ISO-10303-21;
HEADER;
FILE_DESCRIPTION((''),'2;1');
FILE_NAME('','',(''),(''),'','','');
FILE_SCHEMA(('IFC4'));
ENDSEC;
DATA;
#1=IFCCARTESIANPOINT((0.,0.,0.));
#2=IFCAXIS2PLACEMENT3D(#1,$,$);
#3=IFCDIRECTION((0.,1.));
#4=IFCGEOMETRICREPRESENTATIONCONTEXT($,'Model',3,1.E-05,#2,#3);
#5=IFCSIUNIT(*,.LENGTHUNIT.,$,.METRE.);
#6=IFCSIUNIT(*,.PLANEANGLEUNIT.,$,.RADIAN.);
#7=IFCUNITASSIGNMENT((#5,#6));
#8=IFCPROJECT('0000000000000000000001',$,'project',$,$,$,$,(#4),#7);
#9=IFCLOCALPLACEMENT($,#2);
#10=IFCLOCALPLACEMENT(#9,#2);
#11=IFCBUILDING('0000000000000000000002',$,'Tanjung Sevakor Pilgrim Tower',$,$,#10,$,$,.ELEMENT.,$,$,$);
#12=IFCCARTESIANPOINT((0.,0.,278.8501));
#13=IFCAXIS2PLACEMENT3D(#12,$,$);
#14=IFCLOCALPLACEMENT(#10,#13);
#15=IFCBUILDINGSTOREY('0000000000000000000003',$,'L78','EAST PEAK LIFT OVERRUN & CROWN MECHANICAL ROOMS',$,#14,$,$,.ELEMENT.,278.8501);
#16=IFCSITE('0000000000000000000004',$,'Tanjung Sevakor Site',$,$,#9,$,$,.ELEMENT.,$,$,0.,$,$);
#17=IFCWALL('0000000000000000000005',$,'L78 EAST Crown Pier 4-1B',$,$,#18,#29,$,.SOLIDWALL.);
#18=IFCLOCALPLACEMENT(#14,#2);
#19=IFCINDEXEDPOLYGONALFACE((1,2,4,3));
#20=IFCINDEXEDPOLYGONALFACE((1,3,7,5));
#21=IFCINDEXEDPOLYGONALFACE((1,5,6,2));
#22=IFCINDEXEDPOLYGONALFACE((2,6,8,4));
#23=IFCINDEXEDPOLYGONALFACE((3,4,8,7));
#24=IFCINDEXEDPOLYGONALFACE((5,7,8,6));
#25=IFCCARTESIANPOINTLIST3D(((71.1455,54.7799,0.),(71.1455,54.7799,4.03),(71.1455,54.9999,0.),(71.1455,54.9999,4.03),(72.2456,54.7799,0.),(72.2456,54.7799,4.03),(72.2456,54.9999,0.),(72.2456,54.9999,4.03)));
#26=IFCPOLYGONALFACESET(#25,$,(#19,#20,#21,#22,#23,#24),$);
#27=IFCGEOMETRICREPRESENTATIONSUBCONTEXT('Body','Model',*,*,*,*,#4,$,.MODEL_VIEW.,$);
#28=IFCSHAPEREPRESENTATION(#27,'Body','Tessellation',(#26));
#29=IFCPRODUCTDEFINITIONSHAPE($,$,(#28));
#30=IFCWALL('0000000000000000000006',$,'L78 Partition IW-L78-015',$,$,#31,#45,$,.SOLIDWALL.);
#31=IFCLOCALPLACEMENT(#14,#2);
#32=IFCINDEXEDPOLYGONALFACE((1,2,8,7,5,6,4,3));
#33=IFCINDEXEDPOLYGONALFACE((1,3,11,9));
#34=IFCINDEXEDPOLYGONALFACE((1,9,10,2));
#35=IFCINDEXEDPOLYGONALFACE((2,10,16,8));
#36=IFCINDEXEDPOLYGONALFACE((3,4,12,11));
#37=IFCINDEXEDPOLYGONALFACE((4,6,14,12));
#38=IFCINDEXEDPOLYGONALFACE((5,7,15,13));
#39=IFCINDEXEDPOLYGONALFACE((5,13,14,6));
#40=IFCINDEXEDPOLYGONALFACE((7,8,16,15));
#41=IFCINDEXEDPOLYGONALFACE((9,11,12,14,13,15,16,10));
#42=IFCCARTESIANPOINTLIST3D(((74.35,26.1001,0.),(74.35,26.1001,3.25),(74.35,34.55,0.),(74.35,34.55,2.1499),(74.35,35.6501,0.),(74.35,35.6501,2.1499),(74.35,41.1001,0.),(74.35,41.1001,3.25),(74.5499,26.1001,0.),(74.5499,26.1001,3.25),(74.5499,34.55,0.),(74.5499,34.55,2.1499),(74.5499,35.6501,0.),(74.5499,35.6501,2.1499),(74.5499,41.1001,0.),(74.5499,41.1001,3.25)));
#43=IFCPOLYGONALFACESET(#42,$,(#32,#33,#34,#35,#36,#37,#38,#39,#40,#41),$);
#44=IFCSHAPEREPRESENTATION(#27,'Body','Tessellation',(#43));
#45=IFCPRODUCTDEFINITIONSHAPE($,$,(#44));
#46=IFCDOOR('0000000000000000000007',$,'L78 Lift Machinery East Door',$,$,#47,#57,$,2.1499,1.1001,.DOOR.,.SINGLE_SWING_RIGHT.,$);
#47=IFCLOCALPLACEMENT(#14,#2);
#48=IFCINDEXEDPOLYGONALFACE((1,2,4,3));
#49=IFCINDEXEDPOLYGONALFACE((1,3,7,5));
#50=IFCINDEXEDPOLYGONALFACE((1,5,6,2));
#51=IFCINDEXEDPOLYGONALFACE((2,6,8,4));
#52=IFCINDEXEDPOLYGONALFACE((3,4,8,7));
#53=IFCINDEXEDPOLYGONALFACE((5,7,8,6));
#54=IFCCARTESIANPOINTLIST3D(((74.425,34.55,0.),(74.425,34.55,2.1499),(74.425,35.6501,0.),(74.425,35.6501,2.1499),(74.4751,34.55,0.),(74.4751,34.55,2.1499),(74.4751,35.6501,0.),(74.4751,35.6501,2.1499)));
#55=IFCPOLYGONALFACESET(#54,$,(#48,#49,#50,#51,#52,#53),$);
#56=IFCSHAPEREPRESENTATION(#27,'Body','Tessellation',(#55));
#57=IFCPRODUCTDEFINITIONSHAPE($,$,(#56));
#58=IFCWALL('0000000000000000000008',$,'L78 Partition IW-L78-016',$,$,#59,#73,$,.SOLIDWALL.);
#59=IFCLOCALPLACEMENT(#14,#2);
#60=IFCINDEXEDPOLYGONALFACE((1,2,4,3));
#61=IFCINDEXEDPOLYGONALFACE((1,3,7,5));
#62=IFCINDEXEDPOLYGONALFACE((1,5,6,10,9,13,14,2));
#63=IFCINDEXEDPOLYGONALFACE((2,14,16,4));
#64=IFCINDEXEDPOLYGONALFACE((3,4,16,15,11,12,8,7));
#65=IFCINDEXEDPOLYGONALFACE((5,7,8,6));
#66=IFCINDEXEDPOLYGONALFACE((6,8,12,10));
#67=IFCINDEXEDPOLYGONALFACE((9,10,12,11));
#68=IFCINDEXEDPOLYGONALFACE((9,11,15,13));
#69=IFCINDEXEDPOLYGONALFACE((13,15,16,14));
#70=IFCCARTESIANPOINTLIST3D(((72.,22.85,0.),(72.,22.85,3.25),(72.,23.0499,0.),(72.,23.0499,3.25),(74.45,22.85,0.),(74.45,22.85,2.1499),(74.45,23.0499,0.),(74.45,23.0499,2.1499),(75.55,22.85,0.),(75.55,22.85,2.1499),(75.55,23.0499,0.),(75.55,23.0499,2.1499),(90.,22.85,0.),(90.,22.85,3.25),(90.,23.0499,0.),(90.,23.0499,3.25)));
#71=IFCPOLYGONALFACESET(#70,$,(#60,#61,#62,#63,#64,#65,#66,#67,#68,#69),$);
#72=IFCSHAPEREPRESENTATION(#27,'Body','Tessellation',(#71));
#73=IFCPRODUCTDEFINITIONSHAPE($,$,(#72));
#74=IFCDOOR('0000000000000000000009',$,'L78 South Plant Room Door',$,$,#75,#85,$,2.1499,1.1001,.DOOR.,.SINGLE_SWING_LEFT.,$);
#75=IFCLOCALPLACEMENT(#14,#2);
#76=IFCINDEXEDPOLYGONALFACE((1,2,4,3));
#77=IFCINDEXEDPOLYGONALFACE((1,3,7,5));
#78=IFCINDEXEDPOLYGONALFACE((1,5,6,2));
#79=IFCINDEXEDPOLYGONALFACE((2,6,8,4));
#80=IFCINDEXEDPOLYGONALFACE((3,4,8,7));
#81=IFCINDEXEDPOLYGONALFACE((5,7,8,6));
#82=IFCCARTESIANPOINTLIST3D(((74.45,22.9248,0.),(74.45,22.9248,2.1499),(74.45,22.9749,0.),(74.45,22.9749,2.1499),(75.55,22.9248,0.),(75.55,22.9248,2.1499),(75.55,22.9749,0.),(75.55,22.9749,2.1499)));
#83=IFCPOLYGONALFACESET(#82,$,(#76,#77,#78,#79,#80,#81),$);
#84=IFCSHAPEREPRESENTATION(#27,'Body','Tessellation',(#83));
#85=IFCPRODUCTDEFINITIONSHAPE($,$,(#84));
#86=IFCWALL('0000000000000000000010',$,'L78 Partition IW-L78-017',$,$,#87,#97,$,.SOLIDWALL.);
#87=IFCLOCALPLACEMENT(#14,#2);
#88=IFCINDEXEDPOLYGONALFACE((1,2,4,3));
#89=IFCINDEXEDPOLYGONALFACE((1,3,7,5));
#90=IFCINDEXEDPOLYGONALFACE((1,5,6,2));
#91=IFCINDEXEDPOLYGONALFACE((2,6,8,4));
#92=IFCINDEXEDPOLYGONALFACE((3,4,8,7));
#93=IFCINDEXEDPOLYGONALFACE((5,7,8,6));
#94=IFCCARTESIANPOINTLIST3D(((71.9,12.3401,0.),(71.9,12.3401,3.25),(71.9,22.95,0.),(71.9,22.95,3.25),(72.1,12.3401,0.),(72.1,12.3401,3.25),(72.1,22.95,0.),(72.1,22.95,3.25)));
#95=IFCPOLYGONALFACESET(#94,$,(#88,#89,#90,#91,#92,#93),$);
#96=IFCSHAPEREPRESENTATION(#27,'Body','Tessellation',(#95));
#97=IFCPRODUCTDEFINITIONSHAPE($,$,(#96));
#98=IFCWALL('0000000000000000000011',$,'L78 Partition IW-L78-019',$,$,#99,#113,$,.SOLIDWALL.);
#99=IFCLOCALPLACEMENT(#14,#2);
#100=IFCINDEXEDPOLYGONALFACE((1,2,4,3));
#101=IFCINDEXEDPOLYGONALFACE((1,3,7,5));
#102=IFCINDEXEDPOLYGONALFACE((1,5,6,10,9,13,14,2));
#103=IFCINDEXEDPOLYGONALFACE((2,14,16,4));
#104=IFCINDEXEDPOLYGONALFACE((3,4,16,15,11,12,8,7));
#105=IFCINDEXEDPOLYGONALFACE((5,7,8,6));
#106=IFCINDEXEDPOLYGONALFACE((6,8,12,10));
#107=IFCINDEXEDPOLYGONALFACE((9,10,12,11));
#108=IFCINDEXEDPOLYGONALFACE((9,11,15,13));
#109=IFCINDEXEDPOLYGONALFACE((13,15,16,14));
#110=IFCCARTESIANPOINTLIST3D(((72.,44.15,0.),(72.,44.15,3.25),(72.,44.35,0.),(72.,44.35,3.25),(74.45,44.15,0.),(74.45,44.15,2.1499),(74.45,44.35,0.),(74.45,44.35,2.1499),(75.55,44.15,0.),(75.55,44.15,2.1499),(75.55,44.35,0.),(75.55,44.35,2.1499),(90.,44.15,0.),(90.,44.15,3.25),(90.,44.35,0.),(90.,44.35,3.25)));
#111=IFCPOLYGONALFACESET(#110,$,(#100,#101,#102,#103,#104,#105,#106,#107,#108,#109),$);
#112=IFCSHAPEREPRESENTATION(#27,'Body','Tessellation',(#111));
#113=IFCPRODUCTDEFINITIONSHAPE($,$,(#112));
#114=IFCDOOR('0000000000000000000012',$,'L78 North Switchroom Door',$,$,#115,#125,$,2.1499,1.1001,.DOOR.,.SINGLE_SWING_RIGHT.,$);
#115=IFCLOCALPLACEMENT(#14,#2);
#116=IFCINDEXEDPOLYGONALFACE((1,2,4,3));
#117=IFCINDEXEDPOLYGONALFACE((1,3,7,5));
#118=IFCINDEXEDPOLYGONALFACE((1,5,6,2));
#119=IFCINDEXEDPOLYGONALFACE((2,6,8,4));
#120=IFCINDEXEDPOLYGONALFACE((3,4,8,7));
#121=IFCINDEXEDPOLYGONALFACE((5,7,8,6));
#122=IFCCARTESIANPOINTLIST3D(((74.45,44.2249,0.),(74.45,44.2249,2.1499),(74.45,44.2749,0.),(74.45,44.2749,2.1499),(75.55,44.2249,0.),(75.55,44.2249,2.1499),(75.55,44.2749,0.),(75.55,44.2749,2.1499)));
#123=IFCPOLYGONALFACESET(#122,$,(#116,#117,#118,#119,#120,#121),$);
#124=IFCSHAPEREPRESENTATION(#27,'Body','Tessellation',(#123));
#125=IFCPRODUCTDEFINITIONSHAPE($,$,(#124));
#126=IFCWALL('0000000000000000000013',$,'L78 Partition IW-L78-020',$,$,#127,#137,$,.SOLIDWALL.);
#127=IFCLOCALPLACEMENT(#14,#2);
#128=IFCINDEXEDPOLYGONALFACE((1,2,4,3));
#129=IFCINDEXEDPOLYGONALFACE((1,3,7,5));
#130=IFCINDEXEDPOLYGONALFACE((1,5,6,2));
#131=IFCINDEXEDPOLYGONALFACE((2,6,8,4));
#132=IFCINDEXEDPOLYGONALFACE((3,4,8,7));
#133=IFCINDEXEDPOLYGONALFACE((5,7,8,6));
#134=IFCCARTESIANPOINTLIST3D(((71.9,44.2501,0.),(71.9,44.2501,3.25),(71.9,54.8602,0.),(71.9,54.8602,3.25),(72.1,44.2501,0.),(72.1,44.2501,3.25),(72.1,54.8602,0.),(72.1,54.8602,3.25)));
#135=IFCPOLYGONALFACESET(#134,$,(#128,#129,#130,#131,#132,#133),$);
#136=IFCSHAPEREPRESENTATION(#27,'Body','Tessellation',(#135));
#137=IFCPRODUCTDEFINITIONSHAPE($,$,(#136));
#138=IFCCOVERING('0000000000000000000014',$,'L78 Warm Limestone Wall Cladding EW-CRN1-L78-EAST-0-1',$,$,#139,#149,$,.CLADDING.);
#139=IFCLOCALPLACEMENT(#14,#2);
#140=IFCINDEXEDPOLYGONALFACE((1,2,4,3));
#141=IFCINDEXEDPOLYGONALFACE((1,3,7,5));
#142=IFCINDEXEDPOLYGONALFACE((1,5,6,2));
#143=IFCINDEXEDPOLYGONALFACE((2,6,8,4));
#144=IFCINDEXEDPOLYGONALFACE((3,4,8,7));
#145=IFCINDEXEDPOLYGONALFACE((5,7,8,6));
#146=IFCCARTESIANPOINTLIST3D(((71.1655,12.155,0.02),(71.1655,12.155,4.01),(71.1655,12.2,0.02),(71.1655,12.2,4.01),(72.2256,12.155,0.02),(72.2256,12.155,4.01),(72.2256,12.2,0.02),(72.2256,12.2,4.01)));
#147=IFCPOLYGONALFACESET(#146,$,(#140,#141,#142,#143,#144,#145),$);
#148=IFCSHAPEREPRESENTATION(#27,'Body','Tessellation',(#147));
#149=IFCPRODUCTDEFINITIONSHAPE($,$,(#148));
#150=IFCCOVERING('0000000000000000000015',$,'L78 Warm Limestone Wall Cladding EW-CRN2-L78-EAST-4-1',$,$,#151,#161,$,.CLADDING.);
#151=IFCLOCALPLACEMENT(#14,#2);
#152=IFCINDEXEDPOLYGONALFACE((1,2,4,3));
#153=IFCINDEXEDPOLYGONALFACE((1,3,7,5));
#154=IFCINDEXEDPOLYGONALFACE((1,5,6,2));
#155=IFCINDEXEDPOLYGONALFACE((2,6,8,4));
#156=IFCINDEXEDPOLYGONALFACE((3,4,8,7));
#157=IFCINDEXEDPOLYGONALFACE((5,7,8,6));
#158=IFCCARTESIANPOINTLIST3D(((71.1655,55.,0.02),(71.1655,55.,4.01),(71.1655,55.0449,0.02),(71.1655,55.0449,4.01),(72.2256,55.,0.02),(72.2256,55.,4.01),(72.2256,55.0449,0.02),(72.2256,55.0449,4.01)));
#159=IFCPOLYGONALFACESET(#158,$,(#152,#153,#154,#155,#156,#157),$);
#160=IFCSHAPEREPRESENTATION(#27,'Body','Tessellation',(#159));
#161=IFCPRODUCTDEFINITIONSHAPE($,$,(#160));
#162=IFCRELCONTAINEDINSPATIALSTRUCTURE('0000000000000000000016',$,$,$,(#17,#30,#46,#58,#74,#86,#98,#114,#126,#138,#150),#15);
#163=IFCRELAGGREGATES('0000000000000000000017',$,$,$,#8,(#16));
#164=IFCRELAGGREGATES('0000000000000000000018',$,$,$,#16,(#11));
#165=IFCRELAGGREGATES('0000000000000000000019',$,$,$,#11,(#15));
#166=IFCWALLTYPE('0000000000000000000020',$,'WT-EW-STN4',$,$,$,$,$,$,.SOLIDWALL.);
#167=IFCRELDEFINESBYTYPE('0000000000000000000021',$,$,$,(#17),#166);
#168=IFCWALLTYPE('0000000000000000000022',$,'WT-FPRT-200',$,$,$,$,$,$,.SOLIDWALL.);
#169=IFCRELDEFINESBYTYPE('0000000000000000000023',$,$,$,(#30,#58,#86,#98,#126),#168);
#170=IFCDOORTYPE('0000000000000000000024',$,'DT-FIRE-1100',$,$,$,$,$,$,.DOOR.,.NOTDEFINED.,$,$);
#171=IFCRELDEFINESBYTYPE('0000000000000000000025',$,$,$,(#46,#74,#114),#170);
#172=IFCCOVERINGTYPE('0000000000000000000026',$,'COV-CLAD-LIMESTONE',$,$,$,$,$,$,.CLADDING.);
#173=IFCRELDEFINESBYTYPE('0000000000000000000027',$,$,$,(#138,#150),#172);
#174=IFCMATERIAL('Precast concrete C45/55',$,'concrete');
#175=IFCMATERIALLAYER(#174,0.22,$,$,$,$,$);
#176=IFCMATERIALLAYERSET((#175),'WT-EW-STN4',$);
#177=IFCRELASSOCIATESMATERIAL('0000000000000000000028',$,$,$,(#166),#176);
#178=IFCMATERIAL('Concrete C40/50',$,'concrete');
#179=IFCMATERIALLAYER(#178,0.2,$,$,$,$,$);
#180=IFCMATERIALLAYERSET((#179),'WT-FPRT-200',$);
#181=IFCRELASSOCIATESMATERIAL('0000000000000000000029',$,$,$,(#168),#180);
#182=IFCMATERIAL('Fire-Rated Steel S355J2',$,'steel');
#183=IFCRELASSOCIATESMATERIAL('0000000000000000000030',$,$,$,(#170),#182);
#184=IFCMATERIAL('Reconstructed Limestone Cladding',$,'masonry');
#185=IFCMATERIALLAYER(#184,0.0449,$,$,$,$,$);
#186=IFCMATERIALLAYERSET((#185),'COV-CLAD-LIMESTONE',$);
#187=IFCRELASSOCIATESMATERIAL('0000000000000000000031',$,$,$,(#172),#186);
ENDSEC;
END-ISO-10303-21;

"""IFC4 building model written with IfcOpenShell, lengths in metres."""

from ifc_helpers import new_model, si_unit, direction, frame, frame_2d, origin, origin_2d, place, context, subcontext, project, spatial, rectangle, extrude, material, layer, layer_set, type_object, element, fill, save


model = new_model("IFC4")

# Units and contexts
model_context = context("Model", 3, precision=1e-05, world=origin(), true_north=direction((0.0, 1.0)))
body_context = subcontext(model_context, "Body", "Model", "MODEL_VIEW")
ifc_project = project(units=[si_unit("LENGTHUNIT", "METRE"), si_unit("PLANEANGLEUNIT", "RADIAN")], contexts=[model_context])

# Site, building, storey
site_placement = place(None, origin())
site = spatial("IfcSite", under=ifc_project, at=site_placement, Name="Tanjung Sevakor Site", CompositionType="ELEMENT", RefElevation=0.0)
building_placement = place(site_placement, origin())
building = spatial("IfcBuilding", under=site, at=building_placement, Name="Tanjung Sevakor Pilgrim Tower", CompositionType="ELEMENT")
storey_placement = place(building_placement, frame((0.0, 0.0, 278.8501)))
storey = spatial("IfcBuildingStorey", under=building, at=storey_placement, Name="L78", Description="EAST PEAK LIFT OVERRUN & CROWN MECHANICAL ROOMS", CompositionType="ELEMENT", Elevation=278.8501)

# Wall
ifc_material_1 = material(Name="Precast concrete C45/55", Category="concrete")
ifc_layer_1 = layer(ifc_material_1, 0.22)
ifc_layer_set_1 = layer_set([ifc_layer_1], Name="WT-EW-STN4")
wall_type_1 = type_object("IfcWallType", Name="WT-EW-STN4", PredefinedType="SOLIDWALL", material=ifc_layer_set_1)
wall_1_placement = place(storey_placement, frame((72.2456, 54.8899, 0.0), z_axis=(0.0, 0.0, 1.0), x_axis=(-1.0, 0.0, 0.0)))
element("IfcWall", 1, at=wall_1_placement, inside=storey, type_object=wall_type_1, Name="L78 EAST Crown Pier 4-1B", PredefinedType="SOLIDWALL", context=body_context, shape_type="SweptSolid", body=[
    extrude(rectangle(XDim=1.1001, YDim=0.22, at=frame_2d((0.55, 0.0))), origin(), (0.0, 0.0, 1.0), 4.03),
])

# Walls, openings, doors
ifc_material_2 = material(Name="Concrete C40/50", Category="concrete")
ifc_layer_2 = layer(ifc_material_2, 0.2)
ifc_layer_set_2 = layer_set([ifc_layer_2], Name="WT-FPRT-200")
wall_type_2 = type_object("IfcWallType", Name="WT-FPRT-200", PredefinedType="SOLIDWALL", material=ifc_layer_set_2)
wall_2_placement = place(storey_placement, frame((74.45, 26.1001, 0.0), z_axis=(0.0, 0.0, 1.0), x_axis=(0.0, 1.0, 0.0)))
wall_2 = element("IfcWall", 2, at=wall_2_placement, inside=storey, type_object=wall_type_2, Name="L78 Partition IW-L78-015", PredefinedType="SOLIDWALL", context=body_context, shape_type="SweptSolid", body=[
    extrude(rectangle(XDim=15.0, YDim=0.2, at=frame_2d((7.5, 0.0))), origin(), (0.0, 0.0, 1.0), 3.25),
])
opening_1_placement = place(wall_2_placement, frame((8.45, 0.0, 0.0)))
opening_1 = element("IfcOpeningElement", 3, at=opening_1_placement, cuts=wall_2, PredefinedType="OPENING", context=body_context, shape_type="SweptSolid", body=[
    extrude(rectangle(XDim=1.1001, YDim=2.1499, at=frame_2d((0.55, 1.075))), frame((0.0, 0.1099, 0.0), z_axis=(0.0, -1.0, 0.0), x_axis=(1.0, 0.0, 0.0)), (0.0, 0.0, 1.0), 0.22),
])
ifc_material_3 = material(Name="Fire-Rated Steel S355J2", Category="steel")
door_type = type_object("IfcDoorType", Name="DT-FIRE-1100", OperationType="NOTDEFINED", PredefinedType="DOOR", material=ifc_material_3)
door_1_placement = place(opening_1_placement, origin())
door_1 = element("IfcDoor", 4, at=door_1_placement, inside=storey, type_object=door_type, Name="L78 Lift Machinery East Door", OperationType="SINGLE_SWING_RIGHT", OverallHeight=2.1499, OverallWidth=1.1001, PredefinedType="DOOR", context=body_context, shape_type="SweptSolid", body=[
    extrude(rectangle(XDim=1.1001, YDim=2.1499, at=frame_2d((0.55, 1.075))), frame((0.0, 0.0249, 0.0), z_axis=(0.0, -1.0, 0.0), x_axis=(1.0, 0.0, 0.0)), (0.0, 0.0, 1.0), 0.05),
])
fill(opening_1, door_1)
wall_3_placement = place(storey_placement, frame((72.0, 22.95, 0.0), z_axis=(0.0, 0.0, 1.0), x_axis=(1.0, 0.0, 0.0)))
wall_3 = element("IfcWall", 5, at=wall_3_placement, inside=storey, type_object=wall_type_2, Name="L78 Partition IW-L78-016", PredefinedType="SOLIDWALL", context=body_context, shape_type="SweptSolid", body=[
    extrude(rectangle(XDim=18.0, YDim=0.2, at=frame_2d((9.0, 0.0))), origin(), (0.0, 0.0, 1.0), 3.25),
])
opening_2_placement = place(wall_3_placement, frame((2.45, 0.0, 0.0)))
opening_2 = element("IfcOpeningElement", 6, at=opening_2_placement, cuts=wall_3, PredefinedType="OPENING", context=body_context, shape_type="SweptSolid", body=[
    extrude(rectangle(XDim=1.1001, YDim=2.1499, at=frame_2d((0.55, 1.075))), frame((0.0, 0.1099, 0.0), z_axis=(0.0, -1.0, 0.0), x_axis=(1.0, 0.0, 0.0)), (0.0, 0.0, 1.0), 0.22),
])
door_2_placement = place(opening_2_placement, origin())
door_2 = element("IfcDoor", 7, at=door_2_placement, inside=storey, type_object=door_type, Name="L78 South Plant Room Door", OperationType="SINGLE_SWING_LEFT", OverallHeight=2.1499, OverallWidth=1.1001, PredefinedType="DOOR", context=body_context, shape_type="SweptSolid", body=[
    extrude(rectangle(XDim=1.1001, YDim=2.1499, at=frame_2d((0.55, 1.075))), frame((0.0, 0.0249, 0.0), z_axis=(0.0, -1.0, 0.0), x_axis=(1.0, 0.0, 0.0)), (0.0, 0.0, 1.0), 0.05),
])
fill(opening_2, door_2)

# Wall
wall_4_placement = place(storey_placement, frame((72.0, 12.3401, 0.0), z_axis=(0.0, 0.0, 1.0), x_axis=(0.0, 1.0, 0.0)))
element("IfcWall", 8, at=wall_4_placement, inside=storey, type_object=wall_type_2, Name="L78 Partition IW-L78-017", PredefinedType="SOLIDWALL", context=body_context, shape_type="SweptSolid", body=[
    extrude(rectangle(XDim=10.6099, YDim=0.2, at=frame_2d((5.3049, 0.0))), origin(), (0.0, 0.0, 1.0), 3.25),
])

# Wall, opening, door
wall_5_placement = place(storey_placement, frame((72.0, 44.25, 0.0), z_axis=(0.0, 0.0, 1.0), x_axis=(1.0, 0.0, 0.0)))
wall_5 = element("IfcWall", 9, at=wall_5_placement, inside=storey, type_object=wall_type_2, Name="L78 Partition IW-L78-019", PredefinedType="SOLIDWALL", context=body_context, shape_type="SweptSolid", body=[
    extrude(rectangle(XDim=18.0, YDim=0.2, at=frame_2d((9.0, 0.0))), origin(), (0.0, 0.0, 1.0), 3.25),
])
opening_3_placement = place(wall_5_placement, frame((2.45, 0.0, 0.0)))
opening_3 = element("IfcOpeningElement", 10, at=opening_3_placement, cuts=wall_5, PredefinedType="OPENING", context=body_context, shape_type="SweptSolid", body=[
    extrude(rectangle(XDim=1.1001, YDim=2.1499, at=frame_2d((0.55, 1.075))), frame((0.0, 0.1099, 0.0), z_axis=(0.0, -1.0, 0.0), x_axis=(1.0, 0.0, 0.0)), (0.0, 0.0, 1.0), 0.22),
])
door_3_placement = place(opening_3_placement, origin())
door_3 = element("IfcDoor", 11, at=door_3_placement, inside=storey, type_object=door_type, Name="L78 North Switchroom Door", OperationType="SINGLE_SWING_RIGHT", OverallHeight=2.1499, OverallWidth=1.1001, PredefinedType="DOOR", context=body_context, shape_type="SweptSolid", body=[
    extrude(rectangle(XDim=1.1001, YDim=2.1499, at=frame_2d((0.55, 1.075))), frame((0.0, 0.0249, 0.0), z_axis=(0.0, -1.0, 0.0), x_axis=(1.0, 0.0, 0.0)), (0.0, 0.0, 1.0), 0.05),
])
fill(opening_3, door_3)

# Wall
wall_6_placement = place(storey_placement, frame((72.0, 44.25, 0.0), z_axis=(0.0, 0.0, 1.0), x_axis=(0.0, 1.0, 0.0)))
element("IfcWall", 12, at=wall_6_placement, inside=storey, type_object=wall_type_2, Name="L78 Partition IW-L78-020", PredefinedType="SOLIDWALL", context=body_context, shape_type="SweptSolid", body=[
    extrude(rectangle(XDim=10.6101, YDim=0.2, at=frame_2d((5.3052, 0.0))), origin(), (0.0, 0.0, 1.0), 3.25),
])

# Coverings
ifc_material_4 = material(Name="Reconstructed Limestone Cladding", Category="masonry")
ifc_layer_3 = layer(ifc_material_4, 0.0449)
ifc_layer_set_3 = layer_set([ifc_layer_3], Name="COV-CLAD-LIMESTONE")
covering_type = type_object("IfcCoveringType", Name="COV-CLAD-LIMESTONE", PredefinedType="CLADDING", material=ifc_layer_set_3)
for number, where, z_axis, x_axis, name in (
    (13, (71.6956, 12.1775, 0.02), (0.0, 0.0, 1.0), (1.0, 0.0, 0.0), "L78 Warm Limestone Wall Cladding EW-CRN1-L78-EAST-0-1"),
    (14, (71.6956, 55.0225, 0.02), (0.0, 0.0, 1.0), (-1.0, 0.0, 0.0), "L78 Warm Limestone Wall Cladding EW-CRN2-L78-EAST-4-1"),
):
    element("IfcCovering", number, at=place(storey_placement, frame(where, z_axis=z_axis, x_axis=x_axis)), inside=storey, type_object=covering_type, Name=name, PredefinedType="CLADDING", context=body_context, shape_type="SweptSolid", body=[
        extrude(rectangle(XDim=1.0601, YDim=0.0449, at=origin_2d()), origin(), (0.0, 0.0, 1.0), 3.99),
    ])

save(model, "model.ifc")
